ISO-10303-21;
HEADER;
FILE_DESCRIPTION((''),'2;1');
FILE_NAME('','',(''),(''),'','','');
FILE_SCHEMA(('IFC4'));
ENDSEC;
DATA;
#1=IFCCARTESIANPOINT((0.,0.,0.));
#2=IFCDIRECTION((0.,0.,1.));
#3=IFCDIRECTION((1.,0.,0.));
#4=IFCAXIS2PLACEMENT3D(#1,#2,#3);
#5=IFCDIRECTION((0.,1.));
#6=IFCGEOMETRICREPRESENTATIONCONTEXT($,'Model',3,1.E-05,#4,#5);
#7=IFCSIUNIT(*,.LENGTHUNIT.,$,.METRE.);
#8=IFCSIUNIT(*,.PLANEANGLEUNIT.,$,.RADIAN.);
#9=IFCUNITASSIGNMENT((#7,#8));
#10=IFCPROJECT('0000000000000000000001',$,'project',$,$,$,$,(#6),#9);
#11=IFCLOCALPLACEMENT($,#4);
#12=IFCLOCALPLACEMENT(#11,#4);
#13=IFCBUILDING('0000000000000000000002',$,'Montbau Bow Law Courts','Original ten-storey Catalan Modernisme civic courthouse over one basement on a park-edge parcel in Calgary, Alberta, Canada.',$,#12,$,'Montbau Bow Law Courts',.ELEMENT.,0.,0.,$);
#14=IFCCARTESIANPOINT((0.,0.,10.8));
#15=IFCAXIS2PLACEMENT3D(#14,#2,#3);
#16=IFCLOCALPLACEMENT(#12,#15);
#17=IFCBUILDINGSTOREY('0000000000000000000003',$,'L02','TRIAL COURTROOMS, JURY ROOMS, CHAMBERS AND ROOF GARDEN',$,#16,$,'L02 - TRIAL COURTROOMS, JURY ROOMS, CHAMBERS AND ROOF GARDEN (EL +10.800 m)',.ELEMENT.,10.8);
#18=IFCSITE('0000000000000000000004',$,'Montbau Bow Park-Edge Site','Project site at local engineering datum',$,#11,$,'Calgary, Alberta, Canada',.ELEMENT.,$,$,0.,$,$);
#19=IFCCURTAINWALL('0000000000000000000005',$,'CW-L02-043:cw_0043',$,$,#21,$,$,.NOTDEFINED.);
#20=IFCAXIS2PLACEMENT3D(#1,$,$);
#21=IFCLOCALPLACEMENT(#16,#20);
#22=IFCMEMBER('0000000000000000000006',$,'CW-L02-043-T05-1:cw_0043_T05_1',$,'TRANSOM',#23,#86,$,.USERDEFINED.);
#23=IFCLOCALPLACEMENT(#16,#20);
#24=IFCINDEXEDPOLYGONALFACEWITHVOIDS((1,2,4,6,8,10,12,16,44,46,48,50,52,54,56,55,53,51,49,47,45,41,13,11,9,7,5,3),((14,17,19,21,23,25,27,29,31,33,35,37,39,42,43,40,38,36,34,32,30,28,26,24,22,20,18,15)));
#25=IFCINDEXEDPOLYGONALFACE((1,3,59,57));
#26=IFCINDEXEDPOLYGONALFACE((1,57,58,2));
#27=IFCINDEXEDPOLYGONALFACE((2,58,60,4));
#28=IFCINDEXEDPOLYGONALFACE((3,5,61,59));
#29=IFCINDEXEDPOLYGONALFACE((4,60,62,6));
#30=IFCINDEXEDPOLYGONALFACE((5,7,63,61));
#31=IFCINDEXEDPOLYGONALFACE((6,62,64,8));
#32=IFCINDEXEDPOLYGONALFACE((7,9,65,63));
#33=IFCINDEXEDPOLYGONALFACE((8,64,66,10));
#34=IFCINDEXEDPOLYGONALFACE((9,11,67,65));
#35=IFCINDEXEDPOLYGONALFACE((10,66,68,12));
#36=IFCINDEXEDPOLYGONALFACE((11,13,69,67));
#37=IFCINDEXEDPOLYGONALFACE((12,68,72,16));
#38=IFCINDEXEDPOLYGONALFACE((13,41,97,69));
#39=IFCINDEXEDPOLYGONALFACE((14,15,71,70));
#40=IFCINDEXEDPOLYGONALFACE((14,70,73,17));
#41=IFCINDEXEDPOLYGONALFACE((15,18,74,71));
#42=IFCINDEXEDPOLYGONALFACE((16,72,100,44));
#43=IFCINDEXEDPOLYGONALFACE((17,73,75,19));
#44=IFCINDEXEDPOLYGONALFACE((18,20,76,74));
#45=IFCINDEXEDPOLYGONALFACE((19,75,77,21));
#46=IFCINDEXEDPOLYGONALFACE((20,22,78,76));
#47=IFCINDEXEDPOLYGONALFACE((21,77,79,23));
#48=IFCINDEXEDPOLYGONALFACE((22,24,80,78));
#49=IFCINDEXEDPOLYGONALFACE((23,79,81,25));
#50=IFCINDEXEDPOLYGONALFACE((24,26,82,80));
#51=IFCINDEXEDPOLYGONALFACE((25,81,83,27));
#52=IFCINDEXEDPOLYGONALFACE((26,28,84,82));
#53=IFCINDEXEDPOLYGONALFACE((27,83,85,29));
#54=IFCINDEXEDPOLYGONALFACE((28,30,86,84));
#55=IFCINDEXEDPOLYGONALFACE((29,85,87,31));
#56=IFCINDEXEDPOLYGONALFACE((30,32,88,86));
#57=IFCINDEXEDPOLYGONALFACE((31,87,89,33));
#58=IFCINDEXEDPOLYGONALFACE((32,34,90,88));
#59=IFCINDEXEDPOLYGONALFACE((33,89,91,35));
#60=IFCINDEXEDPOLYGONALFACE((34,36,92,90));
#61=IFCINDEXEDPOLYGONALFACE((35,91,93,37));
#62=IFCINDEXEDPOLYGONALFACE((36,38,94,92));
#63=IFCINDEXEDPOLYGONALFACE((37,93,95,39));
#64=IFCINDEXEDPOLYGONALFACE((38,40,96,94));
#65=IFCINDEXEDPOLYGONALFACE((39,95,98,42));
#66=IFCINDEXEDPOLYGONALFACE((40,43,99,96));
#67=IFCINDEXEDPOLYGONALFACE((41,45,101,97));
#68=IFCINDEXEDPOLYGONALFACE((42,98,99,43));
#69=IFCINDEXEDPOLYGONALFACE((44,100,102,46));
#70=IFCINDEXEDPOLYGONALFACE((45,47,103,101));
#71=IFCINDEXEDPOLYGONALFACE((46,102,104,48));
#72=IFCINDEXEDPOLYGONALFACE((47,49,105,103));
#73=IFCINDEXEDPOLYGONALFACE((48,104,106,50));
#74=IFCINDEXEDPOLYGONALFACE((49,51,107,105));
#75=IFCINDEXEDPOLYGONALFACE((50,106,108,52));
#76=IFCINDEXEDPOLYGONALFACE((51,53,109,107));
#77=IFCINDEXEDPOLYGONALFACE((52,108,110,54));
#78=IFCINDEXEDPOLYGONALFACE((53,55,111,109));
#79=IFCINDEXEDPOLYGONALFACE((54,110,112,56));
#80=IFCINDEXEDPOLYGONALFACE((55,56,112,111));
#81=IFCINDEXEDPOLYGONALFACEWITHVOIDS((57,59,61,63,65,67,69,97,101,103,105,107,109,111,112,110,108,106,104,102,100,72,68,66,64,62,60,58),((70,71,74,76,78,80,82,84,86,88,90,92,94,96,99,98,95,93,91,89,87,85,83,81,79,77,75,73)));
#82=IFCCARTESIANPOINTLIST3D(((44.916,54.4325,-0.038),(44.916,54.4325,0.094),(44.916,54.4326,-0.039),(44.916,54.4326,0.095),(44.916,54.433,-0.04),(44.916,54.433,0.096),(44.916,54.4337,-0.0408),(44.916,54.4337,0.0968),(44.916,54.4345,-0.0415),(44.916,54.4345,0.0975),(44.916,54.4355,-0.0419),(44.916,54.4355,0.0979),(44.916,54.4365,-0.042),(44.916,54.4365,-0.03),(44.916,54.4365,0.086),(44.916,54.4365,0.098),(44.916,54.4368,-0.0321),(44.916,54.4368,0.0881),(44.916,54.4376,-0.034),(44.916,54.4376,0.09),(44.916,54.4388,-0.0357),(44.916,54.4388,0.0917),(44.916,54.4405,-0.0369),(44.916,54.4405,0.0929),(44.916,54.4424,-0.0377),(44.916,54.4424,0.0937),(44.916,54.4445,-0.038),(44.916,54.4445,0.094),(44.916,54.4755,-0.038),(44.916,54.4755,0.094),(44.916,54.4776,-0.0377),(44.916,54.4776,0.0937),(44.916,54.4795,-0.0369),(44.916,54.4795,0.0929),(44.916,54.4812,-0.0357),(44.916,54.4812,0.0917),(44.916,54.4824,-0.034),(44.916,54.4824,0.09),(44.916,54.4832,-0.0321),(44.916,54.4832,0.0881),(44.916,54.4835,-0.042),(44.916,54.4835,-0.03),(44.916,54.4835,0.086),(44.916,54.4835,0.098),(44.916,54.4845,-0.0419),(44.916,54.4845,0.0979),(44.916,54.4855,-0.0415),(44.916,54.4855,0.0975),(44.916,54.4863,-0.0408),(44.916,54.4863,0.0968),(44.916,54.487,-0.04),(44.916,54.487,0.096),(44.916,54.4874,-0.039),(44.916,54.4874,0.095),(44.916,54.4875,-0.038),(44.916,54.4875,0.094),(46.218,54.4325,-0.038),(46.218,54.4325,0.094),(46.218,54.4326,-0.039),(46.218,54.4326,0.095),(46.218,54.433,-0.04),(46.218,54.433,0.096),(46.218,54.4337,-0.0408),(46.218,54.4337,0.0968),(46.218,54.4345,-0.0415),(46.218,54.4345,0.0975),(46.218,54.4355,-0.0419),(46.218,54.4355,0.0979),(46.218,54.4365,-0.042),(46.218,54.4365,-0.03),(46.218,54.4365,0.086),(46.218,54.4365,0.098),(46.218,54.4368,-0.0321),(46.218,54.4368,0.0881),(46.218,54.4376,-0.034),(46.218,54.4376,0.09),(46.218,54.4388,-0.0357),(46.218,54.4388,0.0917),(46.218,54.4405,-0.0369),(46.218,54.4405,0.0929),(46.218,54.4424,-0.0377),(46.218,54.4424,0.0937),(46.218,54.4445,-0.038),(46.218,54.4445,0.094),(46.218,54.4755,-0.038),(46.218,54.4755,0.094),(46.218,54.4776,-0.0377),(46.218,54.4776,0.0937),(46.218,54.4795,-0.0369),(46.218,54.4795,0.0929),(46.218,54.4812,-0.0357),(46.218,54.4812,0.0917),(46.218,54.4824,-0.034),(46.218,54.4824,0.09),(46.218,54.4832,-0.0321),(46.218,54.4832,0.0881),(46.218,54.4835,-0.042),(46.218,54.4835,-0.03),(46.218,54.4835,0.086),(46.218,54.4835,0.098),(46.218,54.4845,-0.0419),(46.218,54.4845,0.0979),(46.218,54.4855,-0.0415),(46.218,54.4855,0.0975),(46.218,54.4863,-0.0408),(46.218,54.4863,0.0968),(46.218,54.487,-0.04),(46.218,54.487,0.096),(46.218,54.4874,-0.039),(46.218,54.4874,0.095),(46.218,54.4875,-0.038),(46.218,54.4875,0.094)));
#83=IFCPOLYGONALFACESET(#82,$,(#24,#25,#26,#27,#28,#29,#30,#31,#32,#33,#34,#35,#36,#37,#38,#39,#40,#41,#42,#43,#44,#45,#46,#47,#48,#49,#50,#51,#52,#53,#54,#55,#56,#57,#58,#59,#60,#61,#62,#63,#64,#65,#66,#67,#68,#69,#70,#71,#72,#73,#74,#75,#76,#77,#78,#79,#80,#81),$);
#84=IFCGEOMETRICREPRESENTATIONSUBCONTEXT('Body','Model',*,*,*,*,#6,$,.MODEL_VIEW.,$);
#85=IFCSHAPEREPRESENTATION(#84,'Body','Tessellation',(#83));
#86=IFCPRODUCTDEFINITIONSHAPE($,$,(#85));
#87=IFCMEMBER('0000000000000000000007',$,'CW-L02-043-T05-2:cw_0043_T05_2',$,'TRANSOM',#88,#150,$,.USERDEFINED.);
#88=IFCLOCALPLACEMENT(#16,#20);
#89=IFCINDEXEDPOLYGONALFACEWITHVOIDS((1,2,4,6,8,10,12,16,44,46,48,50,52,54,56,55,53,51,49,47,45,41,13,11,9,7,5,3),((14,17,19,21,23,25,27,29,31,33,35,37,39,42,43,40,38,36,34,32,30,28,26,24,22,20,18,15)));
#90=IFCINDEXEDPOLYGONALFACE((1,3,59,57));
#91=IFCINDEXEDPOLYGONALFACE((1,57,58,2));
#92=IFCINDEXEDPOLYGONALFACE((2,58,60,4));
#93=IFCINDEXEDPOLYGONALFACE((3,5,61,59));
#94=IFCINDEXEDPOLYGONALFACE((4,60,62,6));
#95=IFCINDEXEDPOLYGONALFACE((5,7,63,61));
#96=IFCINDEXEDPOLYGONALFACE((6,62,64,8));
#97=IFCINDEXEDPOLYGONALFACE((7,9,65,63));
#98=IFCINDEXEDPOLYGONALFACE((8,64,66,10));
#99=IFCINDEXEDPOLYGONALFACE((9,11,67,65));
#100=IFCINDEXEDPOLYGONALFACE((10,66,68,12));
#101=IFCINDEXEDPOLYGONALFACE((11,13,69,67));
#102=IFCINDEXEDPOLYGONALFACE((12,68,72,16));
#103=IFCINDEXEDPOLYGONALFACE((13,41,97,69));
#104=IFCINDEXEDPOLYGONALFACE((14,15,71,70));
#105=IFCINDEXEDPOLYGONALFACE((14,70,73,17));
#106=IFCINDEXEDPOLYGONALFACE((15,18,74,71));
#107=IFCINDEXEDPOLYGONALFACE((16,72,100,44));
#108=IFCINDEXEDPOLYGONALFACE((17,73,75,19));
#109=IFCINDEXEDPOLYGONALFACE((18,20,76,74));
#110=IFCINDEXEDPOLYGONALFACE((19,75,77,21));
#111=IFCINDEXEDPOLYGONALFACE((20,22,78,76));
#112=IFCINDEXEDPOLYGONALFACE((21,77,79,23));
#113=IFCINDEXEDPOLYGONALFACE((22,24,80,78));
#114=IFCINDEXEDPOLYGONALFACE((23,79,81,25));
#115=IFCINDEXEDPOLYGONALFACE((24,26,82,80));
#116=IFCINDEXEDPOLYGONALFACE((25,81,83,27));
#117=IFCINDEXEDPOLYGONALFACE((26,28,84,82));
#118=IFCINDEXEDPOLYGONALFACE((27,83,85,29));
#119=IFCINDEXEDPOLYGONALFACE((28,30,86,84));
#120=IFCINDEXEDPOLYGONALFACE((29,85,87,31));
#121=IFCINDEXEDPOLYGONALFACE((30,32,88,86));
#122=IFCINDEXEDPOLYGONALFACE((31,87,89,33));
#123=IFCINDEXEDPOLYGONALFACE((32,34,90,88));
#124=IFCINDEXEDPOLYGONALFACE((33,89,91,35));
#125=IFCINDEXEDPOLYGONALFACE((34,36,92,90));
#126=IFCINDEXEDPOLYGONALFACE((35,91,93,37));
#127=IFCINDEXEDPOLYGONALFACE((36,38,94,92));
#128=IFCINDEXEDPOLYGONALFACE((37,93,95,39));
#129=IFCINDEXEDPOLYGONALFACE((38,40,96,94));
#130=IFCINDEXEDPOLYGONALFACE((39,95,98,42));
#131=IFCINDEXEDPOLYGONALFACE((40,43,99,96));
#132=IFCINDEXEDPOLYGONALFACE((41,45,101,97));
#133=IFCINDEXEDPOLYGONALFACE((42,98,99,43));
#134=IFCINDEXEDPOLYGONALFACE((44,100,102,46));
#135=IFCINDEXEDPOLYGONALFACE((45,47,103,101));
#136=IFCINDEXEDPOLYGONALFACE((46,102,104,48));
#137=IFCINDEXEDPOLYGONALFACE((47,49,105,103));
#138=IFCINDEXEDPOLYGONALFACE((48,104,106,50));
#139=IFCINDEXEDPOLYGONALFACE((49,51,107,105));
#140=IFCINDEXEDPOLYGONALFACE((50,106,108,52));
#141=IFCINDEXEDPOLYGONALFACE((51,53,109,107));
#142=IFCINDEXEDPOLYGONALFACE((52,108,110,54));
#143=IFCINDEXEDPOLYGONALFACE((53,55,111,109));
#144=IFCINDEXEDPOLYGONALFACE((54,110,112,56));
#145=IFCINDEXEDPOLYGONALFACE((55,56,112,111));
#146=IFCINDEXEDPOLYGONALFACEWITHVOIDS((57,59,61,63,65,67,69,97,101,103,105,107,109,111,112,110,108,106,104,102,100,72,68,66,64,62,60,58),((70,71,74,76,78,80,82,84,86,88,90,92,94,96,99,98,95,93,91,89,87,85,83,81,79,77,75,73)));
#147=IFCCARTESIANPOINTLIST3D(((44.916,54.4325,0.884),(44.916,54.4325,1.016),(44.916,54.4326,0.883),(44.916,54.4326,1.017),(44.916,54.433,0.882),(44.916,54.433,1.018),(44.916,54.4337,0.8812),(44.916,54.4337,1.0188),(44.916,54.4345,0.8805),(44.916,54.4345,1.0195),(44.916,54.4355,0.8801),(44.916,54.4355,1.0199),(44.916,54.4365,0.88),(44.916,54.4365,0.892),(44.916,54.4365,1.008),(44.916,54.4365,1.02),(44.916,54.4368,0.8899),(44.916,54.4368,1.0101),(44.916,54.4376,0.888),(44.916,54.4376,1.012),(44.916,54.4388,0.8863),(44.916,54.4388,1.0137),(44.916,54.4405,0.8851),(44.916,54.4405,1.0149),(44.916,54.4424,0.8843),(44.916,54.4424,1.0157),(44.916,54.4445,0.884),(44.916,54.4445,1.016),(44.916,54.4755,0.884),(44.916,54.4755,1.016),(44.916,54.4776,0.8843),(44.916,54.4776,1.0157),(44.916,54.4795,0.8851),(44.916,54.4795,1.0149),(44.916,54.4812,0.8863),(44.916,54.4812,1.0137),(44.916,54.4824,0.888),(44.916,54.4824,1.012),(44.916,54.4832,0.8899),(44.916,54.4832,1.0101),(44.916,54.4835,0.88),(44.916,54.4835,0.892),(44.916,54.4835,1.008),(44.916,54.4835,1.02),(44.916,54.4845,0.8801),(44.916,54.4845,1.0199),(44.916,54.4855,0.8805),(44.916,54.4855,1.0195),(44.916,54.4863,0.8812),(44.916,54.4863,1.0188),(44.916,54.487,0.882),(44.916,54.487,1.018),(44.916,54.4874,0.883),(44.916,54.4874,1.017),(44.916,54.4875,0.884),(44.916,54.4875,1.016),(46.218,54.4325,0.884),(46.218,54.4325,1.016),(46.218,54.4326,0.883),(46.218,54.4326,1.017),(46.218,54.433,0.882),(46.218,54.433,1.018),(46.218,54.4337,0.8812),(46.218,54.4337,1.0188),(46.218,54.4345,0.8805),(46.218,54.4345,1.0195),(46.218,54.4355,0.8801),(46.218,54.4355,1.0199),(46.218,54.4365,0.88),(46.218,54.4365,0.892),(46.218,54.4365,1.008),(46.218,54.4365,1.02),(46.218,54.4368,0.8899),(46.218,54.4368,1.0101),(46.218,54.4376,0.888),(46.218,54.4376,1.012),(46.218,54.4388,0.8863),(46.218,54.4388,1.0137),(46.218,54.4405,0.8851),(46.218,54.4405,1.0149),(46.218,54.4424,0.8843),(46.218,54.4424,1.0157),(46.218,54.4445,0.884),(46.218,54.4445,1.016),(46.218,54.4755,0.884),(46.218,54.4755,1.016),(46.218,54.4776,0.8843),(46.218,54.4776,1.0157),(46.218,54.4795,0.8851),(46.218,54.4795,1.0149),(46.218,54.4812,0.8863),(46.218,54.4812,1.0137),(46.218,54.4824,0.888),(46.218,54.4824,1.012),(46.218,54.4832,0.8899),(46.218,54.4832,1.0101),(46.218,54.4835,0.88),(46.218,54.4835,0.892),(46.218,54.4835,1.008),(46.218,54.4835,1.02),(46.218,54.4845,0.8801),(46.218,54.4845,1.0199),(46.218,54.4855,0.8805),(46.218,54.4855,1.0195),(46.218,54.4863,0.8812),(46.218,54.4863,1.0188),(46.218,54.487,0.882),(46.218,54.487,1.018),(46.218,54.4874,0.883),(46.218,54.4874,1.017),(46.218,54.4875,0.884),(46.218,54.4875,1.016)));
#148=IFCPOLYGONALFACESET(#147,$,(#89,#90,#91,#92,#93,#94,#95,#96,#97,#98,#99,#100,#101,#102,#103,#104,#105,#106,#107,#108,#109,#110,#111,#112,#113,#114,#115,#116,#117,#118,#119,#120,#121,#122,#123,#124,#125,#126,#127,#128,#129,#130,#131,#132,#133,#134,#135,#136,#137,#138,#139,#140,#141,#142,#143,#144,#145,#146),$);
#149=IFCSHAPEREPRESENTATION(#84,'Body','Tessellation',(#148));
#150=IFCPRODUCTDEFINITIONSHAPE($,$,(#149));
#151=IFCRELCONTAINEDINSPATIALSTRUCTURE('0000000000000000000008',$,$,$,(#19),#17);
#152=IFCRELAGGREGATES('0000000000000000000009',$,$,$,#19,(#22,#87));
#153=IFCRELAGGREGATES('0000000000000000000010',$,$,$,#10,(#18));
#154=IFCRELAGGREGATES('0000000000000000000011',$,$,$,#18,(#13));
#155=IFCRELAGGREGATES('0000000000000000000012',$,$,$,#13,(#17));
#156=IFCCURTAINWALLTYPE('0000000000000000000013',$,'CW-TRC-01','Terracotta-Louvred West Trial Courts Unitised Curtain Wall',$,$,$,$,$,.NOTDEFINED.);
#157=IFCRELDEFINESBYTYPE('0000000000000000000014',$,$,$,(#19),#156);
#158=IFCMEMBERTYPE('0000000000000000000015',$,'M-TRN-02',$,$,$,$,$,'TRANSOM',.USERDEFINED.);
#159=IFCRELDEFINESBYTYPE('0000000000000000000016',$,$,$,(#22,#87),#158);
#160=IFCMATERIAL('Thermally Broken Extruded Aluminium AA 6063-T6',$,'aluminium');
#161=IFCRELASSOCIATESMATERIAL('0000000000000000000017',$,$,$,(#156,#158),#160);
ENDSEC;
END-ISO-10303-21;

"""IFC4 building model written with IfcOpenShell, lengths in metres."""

from ifc_helpers import new_model, si_unit, direction, frame, origin_with_axes, origin_2d_with_axis, place, context, subcontext, project, spatial, hollow_rectangle, extrude, material, material_profile, profile_set, type_object, element, aggregate, save


model = new_model("IFC4")

# Units and contexts
model_context = context("Model", 3, precision=1e-05, world=origin_with_axes(), true_north=direction((0.0, 1.0)))
body_context = subcontext(model_context, "Body", "Model", "MODEL_VIEW")
ifc_project = project(units=[si_unit("LENGTHUNIT", "METRE"), si_unit("PLANEANGLEUNIT", "RADIAN")], contexts=[model_context])

# Site, building, storey
site_placement = place(None, origin_with_axes())
site = spatial("IfcSite", under=ifc_project, at=site_placement, Name="Montbau Bow Park-Edge Site", Description="Project site at local engineering datum", LongName="Calgary, Alberta, Canada", CompositionType="ELEMENT", RefElevation=0.0)
building_placement = place(site_placement, origin_with_axes())
building = spatial("IfcBuilding", under=site, at=building_placement, Name="Montbau Bow Law Courts", Description="Original ten-storey Catalan Modernisme civic courthouse over one basement on a park-edge parcel in Calgary, Alberta, Canada.", LongName="Montbau Bow Law Courts", CompositionType="ELEMENT", ElevationOfRefHeight=0.0, ElevationOfTerrain=0.0)
storey_placement = place(building_placement, frame((0.0, 0.0, 10.8), z_axis=(0.0, 0.0, 1.0), x_axis=(1.0, 0.0, 0.0)))
storey = spatial("IfcBuildingStorey", under=building, at=storey_placement, Name="L02", Description="TRIAL COURTROOMS, JURY ROOMS, CHAMBERS AND ROOF GARDEN", LongName="L02 - TRIAL COURTROOMS, JURY ROOMS, CHAMBERS AND ROOF GARDEN (EL +10.800 m)", CompositionType="ELEMENT", Elevation=10.8)

# Curtain wall, members
ifc_material_1 = material(Name="Thermally Broken Extruded Aluminium AA 6063-T6", Category="aluminium")
curtain_wall_type = type_object("IfcCurtainWallType", Name="CW-TRC-01", Description="Terracotta-Louvred West Trial Courts Unitised Curtain Wall", PredefinedType="NOTDEFINED", material=ifc_material_1)
curtain_wall_placement = place(None, frame((39.268, 54.46, 10.8), z_axis=(0.0, 0.0, 1.0), x_axis=(1.0, 0.0, 0.0)))
curtain_wall = element("IfcCurtainWall", 1, at=curtain_wall_placement, inside=storey, type_object=curtain_wall_type, Name="CW-L02-043:cw_0043", PredefinedType="NOTDEFINED")
ifc_material_profile_1 = material_profile(ifc_material_1, hollow_rectangle(XDim=0.055, YDim=0.14, WallThickness=0.004, InnerFilletRadius=0.008, OuterFilletRadius=0.004, at=origin_2d_with_axis()), Name="CWT-140X55", Category="Main", Priority=0)
ifc_profile_set_1 = profile_set([ifc_material_profile_1], Name="Thermally Broken Extruded Aluminium AA 6063-T6")
member_type_1 = type_object("IfcMemberType", Name="M-TRN-02", ElementType="TRANSOM", PredefinedType="USERDEFINED", material=ifc_profile_set_1)
member_1_placement = place(None, frame((44.916, 54.46, 10.828), z_axis=(1.0, 0.0, 0.0), x_axis=(0.0, 1.0, 0.0)))
member_1 = element("IfcMember", 2, at=member_1_placement, type_object=member_type_1, Name="CW-L02-043-T05-1:cw_0043_T05_1", ObjectType="TRANSOM", PredefinedType="USERDEFINED", context=body_context, shape_type="SweptSolid", body=[
    extrude(hollow_rectangle(XDim=0.055, YDim=0.14, WallThickness=0.004, InnerFilletRadius=0.008, OuterFilletRadius=0.004, at=origin_2d_with_axis()), origin_with_axes(), (0.0, 0.0, 1.0), 1.302),
])
member_2_placement = place(None, frame((44.916, 54.46, 11.75), z_axis=(1.0, 0.0, 0.0), x_axis=(0.0, 1.0, 0.0)))
member_2 = element("IfcMember", 3, at=member_2_placement, type_object=member_type_1, Name="CW-L02-043-T05-2:cw_0043_T05_2", ObjectType="TRANSOM", PredefinedType="USERDEFINED", context=body_context, shape_type="SweptSolid", body=[
    extrude(hollow_rectangle(XDim=0.055, YDim=0.14, WallThickness=0.004, InnerFilletRadius=0.008, OuterFilletRadius=0.004, at=origin_2d_with_axis()), origin_with_axes(), (0.0, 0.0, 1.0), 1.302),
])
aggregate(curtain_wall, [member_1, member_2])

save(model, "model.ifc")
